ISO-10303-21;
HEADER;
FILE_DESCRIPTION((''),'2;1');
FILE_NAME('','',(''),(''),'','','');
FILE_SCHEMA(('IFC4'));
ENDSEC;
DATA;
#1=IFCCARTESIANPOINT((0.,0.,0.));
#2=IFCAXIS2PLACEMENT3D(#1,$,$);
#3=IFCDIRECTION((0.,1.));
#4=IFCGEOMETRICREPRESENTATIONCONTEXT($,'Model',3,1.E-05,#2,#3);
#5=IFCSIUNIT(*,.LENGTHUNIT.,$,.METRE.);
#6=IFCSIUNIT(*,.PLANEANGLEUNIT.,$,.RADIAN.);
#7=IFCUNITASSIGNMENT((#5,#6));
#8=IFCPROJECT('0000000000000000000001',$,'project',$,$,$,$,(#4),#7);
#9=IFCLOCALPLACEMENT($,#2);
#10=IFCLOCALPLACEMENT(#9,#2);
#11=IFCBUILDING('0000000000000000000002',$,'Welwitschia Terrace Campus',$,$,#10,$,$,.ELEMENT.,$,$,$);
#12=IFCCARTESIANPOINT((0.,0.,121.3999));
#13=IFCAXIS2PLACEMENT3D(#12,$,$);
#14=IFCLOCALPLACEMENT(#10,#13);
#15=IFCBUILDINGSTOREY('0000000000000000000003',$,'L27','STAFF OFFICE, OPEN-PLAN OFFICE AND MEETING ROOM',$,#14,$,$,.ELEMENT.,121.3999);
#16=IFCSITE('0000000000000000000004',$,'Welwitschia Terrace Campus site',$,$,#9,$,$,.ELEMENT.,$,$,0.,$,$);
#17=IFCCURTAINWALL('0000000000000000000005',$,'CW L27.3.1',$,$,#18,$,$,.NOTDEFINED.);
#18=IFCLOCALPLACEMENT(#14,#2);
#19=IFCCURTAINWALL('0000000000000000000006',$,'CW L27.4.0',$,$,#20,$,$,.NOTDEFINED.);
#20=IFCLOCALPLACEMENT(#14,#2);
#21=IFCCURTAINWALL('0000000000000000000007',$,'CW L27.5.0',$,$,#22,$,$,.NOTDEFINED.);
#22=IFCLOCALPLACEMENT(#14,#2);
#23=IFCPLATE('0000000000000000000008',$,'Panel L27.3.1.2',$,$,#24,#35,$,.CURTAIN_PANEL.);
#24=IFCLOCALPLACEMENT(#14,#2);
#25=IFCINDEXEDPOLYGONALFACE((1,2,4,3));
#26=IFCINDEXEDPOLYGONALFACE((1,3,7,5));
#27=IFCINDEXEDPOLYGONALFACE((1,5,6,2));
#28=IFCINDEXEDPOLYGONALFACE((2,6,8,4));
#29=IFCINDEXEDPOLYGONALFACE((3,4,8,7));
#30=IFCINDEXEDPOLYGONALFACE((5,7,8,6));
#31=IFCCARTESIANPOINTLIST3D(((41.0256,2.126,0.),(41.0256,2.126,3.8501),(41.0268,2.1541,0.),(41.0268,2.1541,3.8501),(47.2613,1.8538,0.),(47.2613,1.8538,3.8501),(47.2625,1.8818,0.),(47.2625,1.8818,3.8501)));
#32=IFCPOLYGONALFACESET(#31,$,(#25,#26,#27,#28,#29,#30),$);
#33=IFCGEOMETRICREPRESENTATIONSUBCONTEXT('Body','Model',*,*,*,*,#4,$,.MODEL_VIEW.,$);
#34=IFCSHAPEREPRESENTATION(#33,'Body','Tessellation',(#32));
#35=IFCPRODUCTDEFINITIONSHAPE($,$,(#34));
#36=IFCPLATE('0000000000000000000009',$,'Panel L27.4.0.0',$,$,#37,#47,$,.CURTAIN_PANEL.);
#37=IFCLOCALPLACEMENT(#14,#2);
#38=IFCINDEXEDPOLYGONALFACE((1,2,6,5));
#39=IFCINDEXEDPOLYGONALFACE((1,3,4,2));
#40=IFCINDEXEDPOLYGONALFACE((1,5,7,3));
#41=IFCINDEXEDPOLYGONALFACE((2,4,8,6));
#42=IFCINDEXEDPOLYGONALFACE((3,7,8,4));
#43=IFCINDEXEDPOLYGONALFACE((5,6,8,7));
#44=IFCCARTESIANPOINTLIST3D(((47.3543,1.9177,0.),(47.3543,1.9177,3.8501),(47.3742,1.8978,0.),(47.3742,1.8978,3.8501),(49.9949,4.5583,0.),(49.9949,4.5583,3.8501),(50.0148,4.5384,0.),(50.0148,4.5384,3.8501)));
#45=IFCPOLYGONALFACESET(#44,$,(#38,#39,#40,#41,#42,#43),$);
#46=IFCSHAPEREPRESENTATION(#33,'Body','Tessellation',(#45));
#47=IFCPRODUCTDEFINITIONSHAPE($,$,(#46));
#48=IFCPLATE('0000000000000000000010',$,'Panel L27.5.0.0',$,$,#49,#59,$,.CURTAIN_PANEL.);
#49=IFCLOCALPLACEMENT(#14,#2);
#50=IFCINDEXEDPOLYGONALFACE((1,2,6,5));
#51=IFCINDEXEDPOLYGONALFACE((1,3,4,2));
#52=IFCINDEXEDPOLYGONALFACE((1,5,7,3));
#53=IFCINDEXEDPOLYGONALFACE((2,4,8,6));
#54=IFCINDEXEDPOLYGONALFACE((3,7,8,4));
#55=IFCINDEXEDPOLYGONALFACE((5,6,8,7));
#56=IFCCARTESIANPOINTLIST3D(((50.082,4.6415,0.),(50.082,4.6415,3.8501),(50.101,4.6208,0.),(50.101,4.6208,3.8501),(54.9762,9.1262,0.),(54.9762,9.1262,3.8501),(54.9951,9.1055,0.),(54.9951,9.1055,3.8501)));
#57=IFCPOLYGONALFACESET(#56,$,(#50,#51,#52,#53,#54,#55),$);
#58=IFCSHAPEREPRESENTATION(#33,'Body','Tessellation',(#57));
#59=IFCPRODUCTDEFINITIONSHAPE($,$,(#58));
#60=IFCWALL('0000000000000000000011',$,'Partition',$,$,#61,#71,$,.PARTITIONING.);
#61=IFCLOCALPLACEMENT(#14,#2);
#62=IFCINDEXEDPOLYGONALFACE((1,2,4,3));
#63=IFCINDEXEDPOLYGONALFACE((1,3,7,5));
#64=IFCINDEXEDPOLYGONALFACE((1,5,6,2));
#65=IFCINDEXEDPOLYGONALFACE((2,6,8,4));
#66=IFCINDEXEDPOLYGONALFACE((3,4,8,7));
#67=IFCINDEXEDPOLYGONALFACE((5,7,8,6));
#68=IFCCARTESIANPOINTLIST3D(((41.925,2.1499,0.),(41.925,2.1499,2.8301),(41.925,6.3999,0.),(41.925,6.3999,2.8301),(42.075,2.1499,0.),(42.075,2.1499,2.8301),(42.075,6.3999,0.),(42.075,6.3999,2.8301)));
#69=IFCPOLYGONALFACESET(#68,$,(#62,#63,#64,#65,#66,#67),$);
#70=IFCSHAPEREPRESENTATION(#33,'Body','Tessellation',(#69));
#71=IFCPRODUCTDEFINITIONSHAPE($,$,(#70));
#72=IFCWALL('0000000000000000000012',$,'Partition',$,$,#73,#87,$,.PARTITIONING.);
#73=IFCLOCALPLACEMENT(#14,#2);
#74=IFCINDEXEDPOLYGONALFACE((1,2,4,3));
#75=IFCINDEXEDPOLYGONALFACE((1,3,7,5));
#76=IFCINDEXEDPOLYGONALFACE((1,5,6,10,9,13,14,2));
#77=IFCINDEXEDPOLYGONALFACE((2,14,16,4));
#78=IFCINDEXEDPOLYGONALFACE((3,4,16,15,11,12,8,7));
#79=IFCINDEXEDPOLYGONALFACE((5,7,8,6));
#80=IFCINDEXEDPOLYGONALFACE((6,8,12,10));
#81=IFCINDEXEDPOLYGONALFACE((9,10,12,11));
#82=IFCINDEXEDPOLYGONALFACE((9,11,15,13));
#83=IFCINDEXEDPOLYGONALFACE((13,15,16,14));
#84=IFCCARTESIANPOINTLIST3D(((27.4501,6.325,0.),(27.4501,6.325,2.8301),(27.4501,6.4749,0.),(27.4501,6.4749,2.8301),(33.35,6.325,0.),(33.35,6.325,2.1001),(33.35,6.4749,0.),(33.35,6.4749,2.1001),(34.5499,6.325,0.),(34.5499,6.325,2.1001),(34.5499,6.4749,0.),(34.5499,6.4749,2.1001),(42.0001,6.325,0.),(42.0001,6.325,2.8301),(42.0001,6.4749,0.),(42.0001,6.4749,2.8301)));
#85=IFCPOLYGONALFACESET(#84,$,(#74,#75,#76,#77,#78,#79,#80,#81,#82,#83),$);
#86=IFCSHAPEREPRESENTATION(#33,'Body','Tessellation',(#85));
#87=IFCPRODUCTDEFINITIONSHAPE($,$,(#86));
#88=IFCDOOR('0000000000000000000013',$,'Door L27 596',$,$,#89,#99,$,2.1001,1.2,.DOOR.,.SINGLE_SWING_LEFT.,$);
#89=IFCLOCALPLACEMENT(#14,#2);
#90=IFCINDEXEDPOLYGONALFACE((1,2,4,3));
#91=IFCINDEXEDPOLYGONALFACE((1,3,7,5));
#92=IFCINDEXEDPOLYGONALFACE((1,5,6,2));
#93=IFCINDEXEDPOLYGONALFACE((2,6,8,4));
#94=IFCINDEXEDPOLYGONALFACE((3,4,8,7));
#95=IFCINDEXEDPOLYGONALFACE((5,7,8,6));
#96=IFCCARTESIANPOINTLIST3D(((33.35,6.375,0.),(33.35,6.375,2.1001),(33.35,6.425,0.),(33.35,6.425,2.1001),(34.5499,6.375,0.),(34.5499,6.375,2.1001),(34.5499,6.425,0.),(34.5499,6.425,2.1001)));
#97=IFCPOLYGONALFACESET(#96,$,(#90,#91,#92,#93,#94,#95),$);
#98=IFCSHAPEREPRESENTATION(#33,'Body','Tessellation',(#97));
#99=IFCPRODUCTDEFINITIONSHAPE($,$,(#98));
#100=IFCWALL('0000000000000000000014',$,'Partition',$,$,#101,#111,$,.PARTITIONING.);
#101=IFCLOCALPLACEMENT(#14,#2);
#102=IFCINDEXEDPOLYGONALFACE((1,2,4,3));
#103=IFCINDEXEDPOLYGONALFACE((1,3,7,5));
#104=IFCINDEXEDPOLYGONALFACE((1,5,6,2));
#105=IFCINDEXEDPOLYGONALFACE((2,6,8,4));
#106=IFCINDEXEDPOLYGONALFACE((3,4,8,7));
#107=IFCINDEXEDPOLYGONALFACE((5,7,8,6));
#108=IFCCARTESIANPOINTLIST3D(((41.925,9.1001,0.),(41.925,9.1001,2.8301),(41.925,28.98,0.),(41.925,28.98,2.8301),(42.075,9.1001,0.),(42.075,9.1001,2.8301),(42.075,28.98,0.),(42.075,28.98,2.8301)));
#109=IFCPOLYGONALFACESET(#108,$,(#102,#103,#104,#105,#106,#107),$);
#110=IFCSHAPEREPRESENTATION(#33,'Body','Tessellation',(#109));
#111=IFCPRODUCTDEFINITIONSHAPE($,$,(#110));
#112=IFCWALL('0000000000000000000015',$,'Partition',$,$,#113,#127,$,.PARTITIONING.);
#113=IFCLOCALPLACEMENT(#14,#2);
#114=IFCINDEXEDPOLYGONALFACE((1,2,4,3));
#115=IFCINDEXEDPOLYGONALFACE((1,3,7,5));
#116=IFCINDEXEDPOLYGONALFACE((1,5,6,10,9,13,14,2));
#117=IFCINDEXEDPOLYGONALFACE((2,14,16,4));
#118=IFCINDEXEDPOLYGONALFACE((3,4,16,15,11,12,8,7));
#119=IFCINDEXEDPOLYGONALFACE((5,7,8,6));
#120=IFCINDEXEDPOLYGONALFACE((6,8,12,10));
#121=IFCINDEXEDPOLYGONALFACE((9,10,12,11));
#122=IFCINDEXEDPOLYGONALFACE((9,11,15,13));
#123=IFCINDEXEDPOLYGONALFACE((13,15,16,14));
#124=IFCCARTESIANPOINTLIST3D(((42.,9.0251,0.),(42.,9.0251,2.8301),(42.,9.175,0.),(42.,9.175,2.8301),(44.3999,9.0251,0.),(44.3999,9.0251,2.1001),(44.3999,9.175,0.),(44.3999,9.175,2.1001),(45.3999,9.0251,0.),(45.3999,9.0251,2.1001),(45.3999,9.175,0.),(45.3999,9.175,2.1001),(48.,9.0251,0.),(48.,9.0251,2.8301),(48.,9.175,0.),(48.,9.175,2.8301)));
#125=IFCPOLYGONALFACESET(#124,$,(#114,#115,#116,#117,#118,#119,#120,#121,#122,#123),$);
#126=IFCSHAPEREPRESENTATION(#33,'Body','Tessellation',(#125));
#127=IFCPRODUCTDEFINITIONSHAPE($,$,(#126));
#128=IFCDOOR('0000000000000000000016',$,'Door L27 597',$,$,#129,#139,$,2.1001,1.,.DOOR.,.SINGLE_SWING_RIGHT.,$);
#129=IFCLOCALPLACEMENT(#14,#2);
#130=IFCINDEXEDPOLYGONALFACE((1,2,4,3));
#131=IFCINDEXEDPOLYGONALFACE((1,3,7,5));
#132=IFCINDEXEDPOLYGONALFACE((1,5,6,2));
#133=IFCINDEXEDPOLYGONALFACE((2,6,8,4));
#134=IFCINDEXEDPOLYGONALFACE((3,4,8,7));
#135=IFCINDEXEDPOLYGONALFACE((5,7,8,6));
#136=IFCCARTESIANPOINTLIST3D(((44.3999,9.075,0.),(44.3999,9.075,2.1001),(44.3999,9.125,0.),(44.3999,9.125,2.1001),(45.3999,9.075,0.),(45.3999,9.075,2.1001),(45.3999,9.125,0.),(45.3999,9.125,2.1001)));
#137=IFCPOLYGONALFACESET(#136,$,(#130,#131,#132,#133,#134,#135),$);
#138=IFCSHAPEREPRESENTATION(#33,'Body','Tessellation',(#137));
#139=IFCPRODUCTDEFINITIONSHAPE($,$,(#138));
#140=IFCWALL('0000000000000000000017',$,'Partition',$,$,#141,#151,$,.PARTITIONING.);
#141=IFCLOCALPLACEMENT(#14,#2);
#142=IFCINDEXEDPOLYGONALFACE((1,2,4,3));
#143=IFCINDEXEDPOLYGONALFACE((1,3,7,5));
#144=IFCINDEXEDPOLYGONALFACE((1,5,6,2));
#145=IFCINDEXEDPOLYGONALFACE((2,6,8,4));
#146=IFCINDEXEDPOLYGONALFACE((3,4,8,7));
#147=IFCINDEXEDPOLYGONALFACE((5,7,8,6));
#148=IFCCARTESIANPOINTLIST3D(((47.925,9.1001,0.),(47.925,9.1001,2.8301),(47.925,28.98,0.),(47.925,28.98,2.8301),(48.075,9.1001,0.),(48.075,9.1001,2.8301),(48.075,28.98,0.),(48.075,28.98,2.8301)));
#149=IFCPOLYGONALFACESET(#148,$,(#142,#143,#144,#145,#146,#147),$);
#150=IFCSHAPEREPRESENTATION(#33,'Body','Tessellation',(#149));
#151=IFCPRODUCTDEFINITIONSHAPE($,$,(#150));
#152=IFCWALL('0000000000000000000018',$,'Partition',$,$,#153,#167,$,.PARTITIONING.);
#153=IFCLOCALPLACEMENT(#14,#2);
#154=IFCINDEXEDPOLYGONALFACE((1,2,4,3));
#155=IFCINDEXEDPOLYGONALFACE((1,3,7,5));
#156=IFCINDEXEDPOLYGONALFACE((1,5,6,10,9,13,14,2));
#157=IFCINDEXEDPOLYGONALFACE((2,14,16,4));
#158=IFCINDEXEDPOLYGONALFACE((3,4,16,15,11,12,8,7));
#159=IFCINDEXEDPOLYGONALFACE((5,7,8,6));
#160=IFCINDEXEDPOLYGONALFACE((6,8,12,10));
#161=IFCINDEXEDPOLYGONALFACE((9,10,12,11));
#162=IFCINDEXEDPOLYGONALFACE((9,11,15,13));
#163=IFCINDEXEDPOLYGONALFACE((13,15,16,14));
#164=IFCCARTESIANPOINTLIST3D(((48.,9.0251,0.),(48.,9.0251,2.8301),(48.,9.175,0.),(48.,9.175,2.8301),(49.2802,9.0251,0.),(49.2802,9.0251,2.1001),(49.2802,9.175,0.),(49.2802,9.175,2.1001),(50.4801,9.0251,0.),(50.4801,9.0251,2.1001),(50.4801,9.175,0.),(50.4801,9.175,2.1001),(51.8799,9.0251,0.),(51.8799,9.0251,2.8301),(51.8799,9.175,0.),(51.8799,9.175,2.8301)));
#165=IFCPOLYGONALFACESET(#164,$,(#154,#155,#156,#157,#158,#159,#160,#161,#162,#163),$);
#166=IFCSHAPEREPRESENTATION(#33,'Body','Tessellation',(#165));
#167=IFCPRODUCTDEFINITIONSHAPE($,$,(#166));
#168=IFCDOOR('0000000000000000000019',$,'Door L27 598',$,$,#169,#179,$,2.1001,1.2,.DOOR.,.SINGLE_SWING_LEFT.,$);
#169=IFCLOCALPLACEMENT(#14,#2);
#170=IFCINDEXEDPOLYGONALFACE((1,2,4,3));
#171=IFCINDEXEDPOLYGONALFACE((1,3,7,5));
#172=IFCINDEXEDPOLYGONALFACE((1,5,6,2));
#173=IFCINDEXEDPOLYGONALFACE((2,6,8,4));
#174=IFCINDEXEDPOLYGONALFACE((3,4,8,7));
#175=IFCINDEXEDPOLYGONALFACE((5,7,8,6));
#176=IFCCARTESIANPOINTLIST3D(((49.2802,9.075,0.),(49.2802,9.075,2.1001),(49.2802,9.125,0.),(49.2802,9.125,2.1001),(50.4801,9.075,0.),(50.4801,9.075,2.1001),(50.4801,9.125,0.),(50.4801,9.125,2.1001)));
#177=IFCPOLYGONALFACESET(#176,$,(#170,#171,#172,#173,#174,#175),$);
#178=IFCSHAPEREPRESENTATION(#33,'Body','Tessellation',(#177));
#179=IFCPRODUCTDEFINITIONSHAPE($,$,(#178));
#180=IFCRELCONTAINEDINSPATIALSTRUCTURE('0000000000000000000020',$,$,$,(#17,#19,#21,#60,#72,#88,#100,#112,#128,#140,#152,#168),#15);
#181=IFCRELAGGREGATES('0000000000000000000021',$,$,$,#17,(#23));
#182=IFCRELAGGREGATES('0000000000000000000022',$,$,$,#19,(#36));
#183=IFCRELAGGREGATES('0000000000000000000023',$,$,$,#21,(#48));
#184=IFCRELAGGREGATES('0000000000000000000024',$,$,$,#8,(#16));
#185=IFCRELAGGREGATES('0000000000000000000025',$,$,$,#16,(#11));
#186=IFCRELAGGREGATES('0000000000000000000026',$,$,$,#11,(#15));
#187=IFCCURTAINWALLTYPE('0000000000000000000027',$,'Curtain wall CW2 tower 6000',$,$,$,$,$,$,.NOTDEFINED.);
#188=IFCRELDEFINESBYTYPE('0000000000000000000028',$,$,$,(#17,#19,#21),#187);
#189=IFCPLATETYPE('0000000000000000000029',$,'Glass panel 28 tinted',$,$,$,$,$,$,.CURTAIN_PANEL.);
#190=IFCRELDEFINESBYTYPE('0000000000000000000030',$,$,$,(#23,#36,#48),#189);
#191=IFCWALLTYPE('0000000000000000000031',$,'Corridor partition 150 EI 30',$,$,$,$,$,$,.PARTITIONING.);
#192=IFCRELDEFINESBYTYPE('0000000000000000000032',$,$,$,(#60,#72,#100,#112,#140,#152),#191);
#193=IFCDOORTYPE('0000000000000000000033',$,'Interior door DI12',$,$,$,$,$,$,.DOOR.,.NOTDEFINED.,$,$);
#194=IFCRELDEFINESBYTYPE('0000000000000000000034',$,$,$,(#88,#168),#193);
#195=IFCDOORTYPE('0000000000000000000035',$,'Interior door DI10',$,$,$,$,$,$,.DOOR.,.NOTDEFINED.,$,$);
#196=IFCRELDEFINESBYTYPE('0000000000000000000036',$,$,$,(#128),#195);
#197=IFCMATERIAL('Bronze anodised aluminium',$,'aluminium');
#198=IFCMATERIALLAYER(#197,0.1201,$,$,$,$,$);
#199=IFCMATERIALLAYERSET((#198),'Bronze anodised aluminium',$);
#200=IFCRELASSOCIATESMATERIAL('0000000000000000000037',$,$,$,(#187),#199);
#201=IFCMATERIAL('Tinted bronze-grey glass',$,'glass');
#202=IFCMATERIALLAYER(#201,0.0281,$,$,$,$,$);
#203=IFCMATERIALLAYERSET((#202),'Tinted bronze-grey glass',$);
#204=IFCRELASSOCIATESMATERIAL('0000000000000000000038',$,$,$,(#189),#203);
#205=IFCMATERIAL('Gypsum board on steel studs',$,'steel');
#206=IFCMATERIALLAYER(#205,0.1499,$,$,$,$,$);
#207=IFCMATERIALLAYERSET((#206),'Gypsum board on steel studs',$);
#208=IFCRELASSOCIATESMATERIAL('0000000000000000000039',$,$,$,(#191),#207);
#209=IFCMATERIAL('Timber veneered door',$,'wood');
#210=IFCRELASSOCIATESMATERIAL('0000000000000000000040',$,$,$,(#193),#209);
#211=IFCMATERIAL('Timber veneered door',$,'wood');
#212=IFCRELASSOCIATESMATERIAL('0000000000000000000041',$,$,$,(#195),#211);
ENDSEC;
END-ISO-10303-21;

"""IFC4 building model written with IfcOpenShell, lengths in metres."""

from ifc_helpers import new_model, si_unit, direction, frame, frame_2d, origin, origin_2d, place, context, subcontext, project, spatial, rectangle, extrude, material, layer, layer_set, type_object, element, fill, aggregate, save


model = new_model("IFC4")

# Units and contexts
model_context = context("Model", 3, precision=1e-05, world=origin(), true_north=direction((0.0, 1.0)))
body_context = subcontext(model_context, "Body", "Model", "MODEL_VIEW")
ifc_project = project(units=[si_unit("LENGTHUNIT", "METRE"), si_unit("PLANEANGLEUNIT", "RADIAN")], contexts=[model_context])

# Site, building, storey
site_placement = place(None, origin())
site = spatial("IfcSite", under=ifc_project, at=site_placement, Name="Welwitschia Terrace Campus site", CompositionType="ELEMENT", RefElevation=0.0)
building_placement = place(site_placement, origin())
building = spatial("IfcBuilding", under=site, at=building_placement, Name="Welwitschia Terrace Campus", CompositionType="ELEMENT")
storey_placement = place(building_placement, frame((0.0, 0.0, 121.3999)))
storey = spatial("IfcBuildingStorey", under=building, at=storey_placement, Name="L27", Description="STAFF OFFICE, OPEN-PLAN OFFICE AND MEETING ROOM", CompositionType="ELEMENT", Elevation=121.3999)

# Curtain wall
ifc_material_1 = material(Name="Bronze anodised aluminium", Category="aluminium")
ifc_layer_1 = layer(ifc_material_1, 0.1201)
ifc_layer_set_1 = layer_set([ifc_layer_1], Name="Bronze anodised aluminium")
curtain_wall_type = type_object("IfcCurtainWallType", Name="Curtain wall CW2 tower 6000", PredefinedType="NOTDEFINED", material=ifc_layer_set_1)
curtain_wall_1_placement = place(storey_placement, origin())
curtain_wall_1 = element("IfcCurtainWall", 1, at=curtain_wall_1_placement, inside=storey, type_object=curtain_wall_type, Name="CW L27.3.1", PredefinedType="NOTDEFINED")

# Curtain walls
curtain_wall_2_placement = place(storey_placement, origin())
curtain_wall_2 = element("IfcCurtainWall", 2, at=curtain_wall_2_placement, inside=storey, type_object=curtain_wall_type, Name="CW L27.4.0", PredefinedType="NOTDEFINED")
curtain_wall_3_placement = place(storey_placement, origin())
curtain_wall_3 = element("IfcCurtainWall", 3, at=curtain_wall_3_placement, inside=storey, type_object=curtain_wall_type, Name="CW L27.5.0", PredefinedType="NOTDEFINED")

# Plates
ifc_material_2 = material(Name="Tinted bronze-grey glass", Category="glass")
ifc_layer_2 = layer(ifc_material_2, 0.0281)
ifc_layer_set_2 = layer_set([ifc_layer_2], Name="Tinted bronze-grey glass")
plate_type = type_object("IfcPlateType", Name="Glass panel 28 tinted", PredefinedType="CURTAIN_PANEL", material=ifc_layer_set_2)
plate_1_placement = place(storey_placement, frame((44.144, 2.0039, 0.0), z_axis=(0.0, 0.0, 1.0), x_axis=(0.999048, -0.043619, 0.0)))
plate_1 = element("IfcPlate", 4, at=plate_1_placement, type_object=plate_type, Name="Panel L27.3.1.2", PredefinedType="CURTAIN_PANEL", context=body_context, shape_type="SweptSolid", body=[
    extrude(rectangle(XDim=6.2417, YDim=0.0281, at=origin_2d()), origin(), (0.0, 0.0, 1.0), 3.8501),
])
aggregate(curtain_wall_1, [plate_1])
plate_2_placement = place(storey_placement, frame((48.6846, 3.228, 0.0), z_axis=(0.0, 0.0, 1.0), x_axis=(0.707107, 0.707107, 0.0)))
plate_2 = element("IfcPlate", 5, at=plate_2_placement, type_object=plate_type, Name="Panel L27.4.0.0", PredefinedType="CURTAIN_PANEL", context=body_context, shape_type="SweptSolid", body=[
    extrude(rectangle(XDim=3.7344, YDim=0.0281, at=origin_2d()), origin(), (0.0, 0.0, 1.0), 3.8501),
])
aggregate(curtain_wall_2, [plate_2])
plate_3_placement = place(storey_placement, frame((52.5386, 6.8735, 0.0), z_axis=(0.0, 0.0, 1.0), x_axis=(0.737277, 0.67559, 0.0)))
plate_3 = element("IfcPlate", 6, at=plate_3_placement, type_object=plate_type, Name="Panel L27.5.0.0", PredefinedType="CURTAIN_PANEL", context=body_context, shape_type="SweptSolid", body=[
    extrude(rectangle(XDim=6.6382, YDim=0.0281, at=origin_2d()), origin(), (0.0, 0.0, 1.0), 3.8501),
])
aggregate(curtain_wall_3, [plate_3])

# Wall
ifc_material_3 = material(Name="Gypsum board on steel studs", Category="steel")
ifc_layer_3 = layer(ifc_material_3, 0.1499)
ifc_layer_set_3 = layer_set([ifc_layer_3], Name="Gypsum board on steel studs")
wall_type = type_object("IfcWallType", Name="Corridor partition 150 EI 30", PredefinedType="PARTITIONING", material=ifc_layer_set_3)
wall_1_placement = place(storey_placement, frame((42.0, 2.1499, 0.0), z_axis=(0.0, 0.0, 1.0), x_axis=(0.0, 1.0, 0.0)))
element("IfcWall", 7, at=wall_1_placement, inside=storey, type_object=wall_type, Name="Partition", PredefinedType="PARTITIONING", context=body_context, shape_type="SweptSolid", body=[
    extrude(rectangle(XDim=4.25, YDim=0.1499, at=frame_2d((2.125, 0.0))), origin(), (0.0, 0.0, 1.0), 2.8301),
])

# Wall, opening, door
wall_2_placement = place(storey_placement, frame((42.0, 6.3999, 0.0), z_axis=(0.0, 0.0, 1.0), x_axis=(-1.0, 0.0, 0.0)))
wall_2 = element("IfcWall", 8, at=wall_2_placement, inside=storey, type_object=wall_type, Name="Partition", PredefinedType="PARTITIONING", context=body_context, shape_type="SweptSolid", body=[
    extrude(rectangle(XDim=14.55, YDim=0.1499, at=frame_2d((7.2749, 0.0))), origin(), (0.0, 0.0, 1.0), 2.8301),
])
opening_1_placement = place(wall_2_placement, frame((7.45, 0.0, 0.0)))
opening_1 = element("IfcOpeningElement", 9, at=opening_1_placement, cuts=wall_2, PredefinedType="OPENING", context=body_context, shape_type="SweptSolid", body=[
    extrude(rectangle(XDim=1.2, YDim=2.1001, at=frame_2d((0.6001, 1.05))), frame((0.0, 0.085, 0.0), z_axis=(0.0, -1.0, 0.0), x_axis=(1.0, 0.0, 0.0)), (0.0, 0.0, 1.0), 0.1699),
])
ifc_material_4 = material(Name="Timber veneered door", Category="wood")
door_type_1 = type_object("IfcDoorType", Name="Interior door DI12", OperationType="NOTDEFINED", PredefinedType="DOOR", material=ifc_material_4)
door_1_placement = place(opening_1_placement, origin())
door_1 = element("IfcDoor", 10, at=door_1_placement, inside=storey, type_object=door_type_1, Name="Door L27 596", OperationType="SINGLE_SWING_LEFT", OverallHeight=2.1001, OverallWidth=1.2, PredefinedType="DOOR", context=body_context, shape_type="SweptSolid", body=[
    extrude(rectangle(XDim=1.2, YDim=2.1001, at=frame_2d((0.6001, 1.05))), frame((0.0, 0.0249, 0.0), z_axis=(0.0, -1.0, 0.0), x_axis=(1.0, 0.0, 0.0)), (0.0, 0.0, 1.0), 0.05),
])
fill(opening_1, door_1)

# Wall
wall_3_placement = place(storey_placement, frame((42.0, 9.1001, 0.0), z_axis=(0.0, 0.0, 1.0), x_axis=(0.0, 1.0, 0.0)))
element("IfcWall", 11, at=wall_3_placement, inside=storey, type_object=wall_type, Name="Partition", PredefinedType="PARTITIONING", context=body_context, shape_type="SweptSolid", body=[
    extrude(rectangle(XDim=19.8799, YDim=0.1499, at=frame_2d((9.9399, 0.0))), origin(), (0.0, 0.0, 1.0), 2.8301),
])

# Wall, opening, door
wall_4_placement = place(storey_placement, frame((42.0, 9.1001, 0.0), z_axis=(0.0, 0.0, 1.0), x_axis=(1.0, 0.0, 0.0)))
wall_4 = element("IfcWall", 12, at=wall_4_placement, inside=storey, type_object=wall_type, Name="Partition", PredefinedType="PARTITIONING", context=body_context, shape_type="SweptSolid", body=[
    extrude(rectangle(XDim=6.0, YDim=0.1499, at=frame_2d((3.0, 0.0))), origin(), (0.0, 0.0, 1.0), 2.8301),
])
opening_2_placement = place(wall_4_placement, frame((2.3999, 0.0, 0.0)))
opening_2 = element("IfcOpeningElement", 13, at=opening_2_placement, cuts=wall_4, PredefinedType="OPENING", context=body_context, shape_type="SweptSolid", body=[
    extrude(rectangle(XDim=1.0, YDim=2.1001, at=frame_2d((0.5, 1.05))), frame((0.0, 0.085, 0.0), z_axis=(0.0, -1.0, 0.0), x_axis=(1.0, 0.0, 0.0)), (0.0, 0.0, 1.0), 0.1699),
])
ifc_material_5 = material(Name="Timber veneered door", Category="wood")
door_type_2 = type_object("IfcDoorType", Name="Interior door DI10", OperationType="NOTDEFINED", PredefinedType="DOOR", material=ifc_material_5)
door_2_placement = place(opening_2_placement, origin())
door_2 = element("IfcDoor", 14, at=door_2_placement, inside=storey, type_object=door_type_2, Name="Door L27 597", OperationType="SINGLE_SWING_RIGHT", OverallHeight=2.1001, OverallWidth=1.0, PredefinedType="DOOR", context=body_context, shape_type="SweptSolid", body=[
    extrude(rectangle(XDim=1.0, YDim=2.1001, at=frame_2d((0.5, 1.05))), frame((0.0, 0.0249, 0.0), z_axis=(0.0, -1.0, 0.0), x_axis=(1.0, 0.0, 0.0)), (0.0, 0.0, 1.0), 0.05),
])
fill(opening_2, door_2)

# Wall
wall_5_placement = place(storey_placement, frame((48.0, 9.1001, 0.0), z_axis=(0.0, 0.0, 1.0), x_axis=(0.0, 1.0, 0.0)))
element("IfcWall", 15, at=wall_5_placement, inside=storey, type_object=wall_type, Name="Partition", PredefinedType="PARTITIONING", context=body_context, shape_type="SweptSolid", body=[
    extrude(rectangle(XDim=19.8799, YDim=0.1499, at=frame_2d((9.9399, 0.0))), origin(), (0.0, 0.0, 1.0), 2.8301),
])

# Wall, opening, door
wall_6_placement = place(storey_placement, frame((48.0, 9.1001, 0.0), z_axis=(0.0, 0.0, 1.0), x_axis=(1.0, 0.0, 0.0)))
wall_6 = element("IfcWall", 16, at=wall_6_placement, inside=storey, type_object=wall_type, Name="Partition", PredefinedType="PARTITIONING", context=body_context, shape_type="SweptSolid", body=[
    extrude(rectangle(XDim=3.8799, YDim=0.1499, at=frame_2d((1.9399, 0.0))), origin(), (0.0, 0.0, 1.0), 2.8301),
])
opening_3_placement = place(wall_6_placement, frame((1.28, 0.0, 0.0)))
opening_3 = element("IfcOpeningElement", 17, at=opening_3_placement, cuts=wall_6, PredefinedType="OPENING", context=body_context, shape_type="SweptSolid", body=[
    extrude(rectangle(XDim=1.2, YDim=2.1001, at=frame_2d((0.6001, 1.05))), frame((0.0, 0.085, 0.0), z_axis=(0.0, -1.0, 0.0), x_axis=(1.0, 0.0, 0.0)), (0.0, 0.0, 1.0), 0.1699),
])
door_3_placement = place(opening_3_placement, origin())
door_3 = element("IfcDoor", 18, at=door_3_placement, inside=storey, type_object=door_type_1, Name="Door L27 598", OperationType="SINGLE_SWING_LEFT", OverallHeight=2.1001, OverallWidth=1.2, PredefinedType="DOOR", context=body_context, shape_type="SweptSolid", body=[
    extrude(rectangle(XDim=1.2, YDim=2.1001, at=frame_2d((0.6001, 1.05))), frame((0.0, 0.0249, 0.0), z_axis=(0.0, -1.0, 0.0), x_axis=(1.0, 0.0, 0.0)), (0.0, 0.0, 1.0), 0.05),
])
fill(opening_3, door_3)

save(model, "model.ifc")
